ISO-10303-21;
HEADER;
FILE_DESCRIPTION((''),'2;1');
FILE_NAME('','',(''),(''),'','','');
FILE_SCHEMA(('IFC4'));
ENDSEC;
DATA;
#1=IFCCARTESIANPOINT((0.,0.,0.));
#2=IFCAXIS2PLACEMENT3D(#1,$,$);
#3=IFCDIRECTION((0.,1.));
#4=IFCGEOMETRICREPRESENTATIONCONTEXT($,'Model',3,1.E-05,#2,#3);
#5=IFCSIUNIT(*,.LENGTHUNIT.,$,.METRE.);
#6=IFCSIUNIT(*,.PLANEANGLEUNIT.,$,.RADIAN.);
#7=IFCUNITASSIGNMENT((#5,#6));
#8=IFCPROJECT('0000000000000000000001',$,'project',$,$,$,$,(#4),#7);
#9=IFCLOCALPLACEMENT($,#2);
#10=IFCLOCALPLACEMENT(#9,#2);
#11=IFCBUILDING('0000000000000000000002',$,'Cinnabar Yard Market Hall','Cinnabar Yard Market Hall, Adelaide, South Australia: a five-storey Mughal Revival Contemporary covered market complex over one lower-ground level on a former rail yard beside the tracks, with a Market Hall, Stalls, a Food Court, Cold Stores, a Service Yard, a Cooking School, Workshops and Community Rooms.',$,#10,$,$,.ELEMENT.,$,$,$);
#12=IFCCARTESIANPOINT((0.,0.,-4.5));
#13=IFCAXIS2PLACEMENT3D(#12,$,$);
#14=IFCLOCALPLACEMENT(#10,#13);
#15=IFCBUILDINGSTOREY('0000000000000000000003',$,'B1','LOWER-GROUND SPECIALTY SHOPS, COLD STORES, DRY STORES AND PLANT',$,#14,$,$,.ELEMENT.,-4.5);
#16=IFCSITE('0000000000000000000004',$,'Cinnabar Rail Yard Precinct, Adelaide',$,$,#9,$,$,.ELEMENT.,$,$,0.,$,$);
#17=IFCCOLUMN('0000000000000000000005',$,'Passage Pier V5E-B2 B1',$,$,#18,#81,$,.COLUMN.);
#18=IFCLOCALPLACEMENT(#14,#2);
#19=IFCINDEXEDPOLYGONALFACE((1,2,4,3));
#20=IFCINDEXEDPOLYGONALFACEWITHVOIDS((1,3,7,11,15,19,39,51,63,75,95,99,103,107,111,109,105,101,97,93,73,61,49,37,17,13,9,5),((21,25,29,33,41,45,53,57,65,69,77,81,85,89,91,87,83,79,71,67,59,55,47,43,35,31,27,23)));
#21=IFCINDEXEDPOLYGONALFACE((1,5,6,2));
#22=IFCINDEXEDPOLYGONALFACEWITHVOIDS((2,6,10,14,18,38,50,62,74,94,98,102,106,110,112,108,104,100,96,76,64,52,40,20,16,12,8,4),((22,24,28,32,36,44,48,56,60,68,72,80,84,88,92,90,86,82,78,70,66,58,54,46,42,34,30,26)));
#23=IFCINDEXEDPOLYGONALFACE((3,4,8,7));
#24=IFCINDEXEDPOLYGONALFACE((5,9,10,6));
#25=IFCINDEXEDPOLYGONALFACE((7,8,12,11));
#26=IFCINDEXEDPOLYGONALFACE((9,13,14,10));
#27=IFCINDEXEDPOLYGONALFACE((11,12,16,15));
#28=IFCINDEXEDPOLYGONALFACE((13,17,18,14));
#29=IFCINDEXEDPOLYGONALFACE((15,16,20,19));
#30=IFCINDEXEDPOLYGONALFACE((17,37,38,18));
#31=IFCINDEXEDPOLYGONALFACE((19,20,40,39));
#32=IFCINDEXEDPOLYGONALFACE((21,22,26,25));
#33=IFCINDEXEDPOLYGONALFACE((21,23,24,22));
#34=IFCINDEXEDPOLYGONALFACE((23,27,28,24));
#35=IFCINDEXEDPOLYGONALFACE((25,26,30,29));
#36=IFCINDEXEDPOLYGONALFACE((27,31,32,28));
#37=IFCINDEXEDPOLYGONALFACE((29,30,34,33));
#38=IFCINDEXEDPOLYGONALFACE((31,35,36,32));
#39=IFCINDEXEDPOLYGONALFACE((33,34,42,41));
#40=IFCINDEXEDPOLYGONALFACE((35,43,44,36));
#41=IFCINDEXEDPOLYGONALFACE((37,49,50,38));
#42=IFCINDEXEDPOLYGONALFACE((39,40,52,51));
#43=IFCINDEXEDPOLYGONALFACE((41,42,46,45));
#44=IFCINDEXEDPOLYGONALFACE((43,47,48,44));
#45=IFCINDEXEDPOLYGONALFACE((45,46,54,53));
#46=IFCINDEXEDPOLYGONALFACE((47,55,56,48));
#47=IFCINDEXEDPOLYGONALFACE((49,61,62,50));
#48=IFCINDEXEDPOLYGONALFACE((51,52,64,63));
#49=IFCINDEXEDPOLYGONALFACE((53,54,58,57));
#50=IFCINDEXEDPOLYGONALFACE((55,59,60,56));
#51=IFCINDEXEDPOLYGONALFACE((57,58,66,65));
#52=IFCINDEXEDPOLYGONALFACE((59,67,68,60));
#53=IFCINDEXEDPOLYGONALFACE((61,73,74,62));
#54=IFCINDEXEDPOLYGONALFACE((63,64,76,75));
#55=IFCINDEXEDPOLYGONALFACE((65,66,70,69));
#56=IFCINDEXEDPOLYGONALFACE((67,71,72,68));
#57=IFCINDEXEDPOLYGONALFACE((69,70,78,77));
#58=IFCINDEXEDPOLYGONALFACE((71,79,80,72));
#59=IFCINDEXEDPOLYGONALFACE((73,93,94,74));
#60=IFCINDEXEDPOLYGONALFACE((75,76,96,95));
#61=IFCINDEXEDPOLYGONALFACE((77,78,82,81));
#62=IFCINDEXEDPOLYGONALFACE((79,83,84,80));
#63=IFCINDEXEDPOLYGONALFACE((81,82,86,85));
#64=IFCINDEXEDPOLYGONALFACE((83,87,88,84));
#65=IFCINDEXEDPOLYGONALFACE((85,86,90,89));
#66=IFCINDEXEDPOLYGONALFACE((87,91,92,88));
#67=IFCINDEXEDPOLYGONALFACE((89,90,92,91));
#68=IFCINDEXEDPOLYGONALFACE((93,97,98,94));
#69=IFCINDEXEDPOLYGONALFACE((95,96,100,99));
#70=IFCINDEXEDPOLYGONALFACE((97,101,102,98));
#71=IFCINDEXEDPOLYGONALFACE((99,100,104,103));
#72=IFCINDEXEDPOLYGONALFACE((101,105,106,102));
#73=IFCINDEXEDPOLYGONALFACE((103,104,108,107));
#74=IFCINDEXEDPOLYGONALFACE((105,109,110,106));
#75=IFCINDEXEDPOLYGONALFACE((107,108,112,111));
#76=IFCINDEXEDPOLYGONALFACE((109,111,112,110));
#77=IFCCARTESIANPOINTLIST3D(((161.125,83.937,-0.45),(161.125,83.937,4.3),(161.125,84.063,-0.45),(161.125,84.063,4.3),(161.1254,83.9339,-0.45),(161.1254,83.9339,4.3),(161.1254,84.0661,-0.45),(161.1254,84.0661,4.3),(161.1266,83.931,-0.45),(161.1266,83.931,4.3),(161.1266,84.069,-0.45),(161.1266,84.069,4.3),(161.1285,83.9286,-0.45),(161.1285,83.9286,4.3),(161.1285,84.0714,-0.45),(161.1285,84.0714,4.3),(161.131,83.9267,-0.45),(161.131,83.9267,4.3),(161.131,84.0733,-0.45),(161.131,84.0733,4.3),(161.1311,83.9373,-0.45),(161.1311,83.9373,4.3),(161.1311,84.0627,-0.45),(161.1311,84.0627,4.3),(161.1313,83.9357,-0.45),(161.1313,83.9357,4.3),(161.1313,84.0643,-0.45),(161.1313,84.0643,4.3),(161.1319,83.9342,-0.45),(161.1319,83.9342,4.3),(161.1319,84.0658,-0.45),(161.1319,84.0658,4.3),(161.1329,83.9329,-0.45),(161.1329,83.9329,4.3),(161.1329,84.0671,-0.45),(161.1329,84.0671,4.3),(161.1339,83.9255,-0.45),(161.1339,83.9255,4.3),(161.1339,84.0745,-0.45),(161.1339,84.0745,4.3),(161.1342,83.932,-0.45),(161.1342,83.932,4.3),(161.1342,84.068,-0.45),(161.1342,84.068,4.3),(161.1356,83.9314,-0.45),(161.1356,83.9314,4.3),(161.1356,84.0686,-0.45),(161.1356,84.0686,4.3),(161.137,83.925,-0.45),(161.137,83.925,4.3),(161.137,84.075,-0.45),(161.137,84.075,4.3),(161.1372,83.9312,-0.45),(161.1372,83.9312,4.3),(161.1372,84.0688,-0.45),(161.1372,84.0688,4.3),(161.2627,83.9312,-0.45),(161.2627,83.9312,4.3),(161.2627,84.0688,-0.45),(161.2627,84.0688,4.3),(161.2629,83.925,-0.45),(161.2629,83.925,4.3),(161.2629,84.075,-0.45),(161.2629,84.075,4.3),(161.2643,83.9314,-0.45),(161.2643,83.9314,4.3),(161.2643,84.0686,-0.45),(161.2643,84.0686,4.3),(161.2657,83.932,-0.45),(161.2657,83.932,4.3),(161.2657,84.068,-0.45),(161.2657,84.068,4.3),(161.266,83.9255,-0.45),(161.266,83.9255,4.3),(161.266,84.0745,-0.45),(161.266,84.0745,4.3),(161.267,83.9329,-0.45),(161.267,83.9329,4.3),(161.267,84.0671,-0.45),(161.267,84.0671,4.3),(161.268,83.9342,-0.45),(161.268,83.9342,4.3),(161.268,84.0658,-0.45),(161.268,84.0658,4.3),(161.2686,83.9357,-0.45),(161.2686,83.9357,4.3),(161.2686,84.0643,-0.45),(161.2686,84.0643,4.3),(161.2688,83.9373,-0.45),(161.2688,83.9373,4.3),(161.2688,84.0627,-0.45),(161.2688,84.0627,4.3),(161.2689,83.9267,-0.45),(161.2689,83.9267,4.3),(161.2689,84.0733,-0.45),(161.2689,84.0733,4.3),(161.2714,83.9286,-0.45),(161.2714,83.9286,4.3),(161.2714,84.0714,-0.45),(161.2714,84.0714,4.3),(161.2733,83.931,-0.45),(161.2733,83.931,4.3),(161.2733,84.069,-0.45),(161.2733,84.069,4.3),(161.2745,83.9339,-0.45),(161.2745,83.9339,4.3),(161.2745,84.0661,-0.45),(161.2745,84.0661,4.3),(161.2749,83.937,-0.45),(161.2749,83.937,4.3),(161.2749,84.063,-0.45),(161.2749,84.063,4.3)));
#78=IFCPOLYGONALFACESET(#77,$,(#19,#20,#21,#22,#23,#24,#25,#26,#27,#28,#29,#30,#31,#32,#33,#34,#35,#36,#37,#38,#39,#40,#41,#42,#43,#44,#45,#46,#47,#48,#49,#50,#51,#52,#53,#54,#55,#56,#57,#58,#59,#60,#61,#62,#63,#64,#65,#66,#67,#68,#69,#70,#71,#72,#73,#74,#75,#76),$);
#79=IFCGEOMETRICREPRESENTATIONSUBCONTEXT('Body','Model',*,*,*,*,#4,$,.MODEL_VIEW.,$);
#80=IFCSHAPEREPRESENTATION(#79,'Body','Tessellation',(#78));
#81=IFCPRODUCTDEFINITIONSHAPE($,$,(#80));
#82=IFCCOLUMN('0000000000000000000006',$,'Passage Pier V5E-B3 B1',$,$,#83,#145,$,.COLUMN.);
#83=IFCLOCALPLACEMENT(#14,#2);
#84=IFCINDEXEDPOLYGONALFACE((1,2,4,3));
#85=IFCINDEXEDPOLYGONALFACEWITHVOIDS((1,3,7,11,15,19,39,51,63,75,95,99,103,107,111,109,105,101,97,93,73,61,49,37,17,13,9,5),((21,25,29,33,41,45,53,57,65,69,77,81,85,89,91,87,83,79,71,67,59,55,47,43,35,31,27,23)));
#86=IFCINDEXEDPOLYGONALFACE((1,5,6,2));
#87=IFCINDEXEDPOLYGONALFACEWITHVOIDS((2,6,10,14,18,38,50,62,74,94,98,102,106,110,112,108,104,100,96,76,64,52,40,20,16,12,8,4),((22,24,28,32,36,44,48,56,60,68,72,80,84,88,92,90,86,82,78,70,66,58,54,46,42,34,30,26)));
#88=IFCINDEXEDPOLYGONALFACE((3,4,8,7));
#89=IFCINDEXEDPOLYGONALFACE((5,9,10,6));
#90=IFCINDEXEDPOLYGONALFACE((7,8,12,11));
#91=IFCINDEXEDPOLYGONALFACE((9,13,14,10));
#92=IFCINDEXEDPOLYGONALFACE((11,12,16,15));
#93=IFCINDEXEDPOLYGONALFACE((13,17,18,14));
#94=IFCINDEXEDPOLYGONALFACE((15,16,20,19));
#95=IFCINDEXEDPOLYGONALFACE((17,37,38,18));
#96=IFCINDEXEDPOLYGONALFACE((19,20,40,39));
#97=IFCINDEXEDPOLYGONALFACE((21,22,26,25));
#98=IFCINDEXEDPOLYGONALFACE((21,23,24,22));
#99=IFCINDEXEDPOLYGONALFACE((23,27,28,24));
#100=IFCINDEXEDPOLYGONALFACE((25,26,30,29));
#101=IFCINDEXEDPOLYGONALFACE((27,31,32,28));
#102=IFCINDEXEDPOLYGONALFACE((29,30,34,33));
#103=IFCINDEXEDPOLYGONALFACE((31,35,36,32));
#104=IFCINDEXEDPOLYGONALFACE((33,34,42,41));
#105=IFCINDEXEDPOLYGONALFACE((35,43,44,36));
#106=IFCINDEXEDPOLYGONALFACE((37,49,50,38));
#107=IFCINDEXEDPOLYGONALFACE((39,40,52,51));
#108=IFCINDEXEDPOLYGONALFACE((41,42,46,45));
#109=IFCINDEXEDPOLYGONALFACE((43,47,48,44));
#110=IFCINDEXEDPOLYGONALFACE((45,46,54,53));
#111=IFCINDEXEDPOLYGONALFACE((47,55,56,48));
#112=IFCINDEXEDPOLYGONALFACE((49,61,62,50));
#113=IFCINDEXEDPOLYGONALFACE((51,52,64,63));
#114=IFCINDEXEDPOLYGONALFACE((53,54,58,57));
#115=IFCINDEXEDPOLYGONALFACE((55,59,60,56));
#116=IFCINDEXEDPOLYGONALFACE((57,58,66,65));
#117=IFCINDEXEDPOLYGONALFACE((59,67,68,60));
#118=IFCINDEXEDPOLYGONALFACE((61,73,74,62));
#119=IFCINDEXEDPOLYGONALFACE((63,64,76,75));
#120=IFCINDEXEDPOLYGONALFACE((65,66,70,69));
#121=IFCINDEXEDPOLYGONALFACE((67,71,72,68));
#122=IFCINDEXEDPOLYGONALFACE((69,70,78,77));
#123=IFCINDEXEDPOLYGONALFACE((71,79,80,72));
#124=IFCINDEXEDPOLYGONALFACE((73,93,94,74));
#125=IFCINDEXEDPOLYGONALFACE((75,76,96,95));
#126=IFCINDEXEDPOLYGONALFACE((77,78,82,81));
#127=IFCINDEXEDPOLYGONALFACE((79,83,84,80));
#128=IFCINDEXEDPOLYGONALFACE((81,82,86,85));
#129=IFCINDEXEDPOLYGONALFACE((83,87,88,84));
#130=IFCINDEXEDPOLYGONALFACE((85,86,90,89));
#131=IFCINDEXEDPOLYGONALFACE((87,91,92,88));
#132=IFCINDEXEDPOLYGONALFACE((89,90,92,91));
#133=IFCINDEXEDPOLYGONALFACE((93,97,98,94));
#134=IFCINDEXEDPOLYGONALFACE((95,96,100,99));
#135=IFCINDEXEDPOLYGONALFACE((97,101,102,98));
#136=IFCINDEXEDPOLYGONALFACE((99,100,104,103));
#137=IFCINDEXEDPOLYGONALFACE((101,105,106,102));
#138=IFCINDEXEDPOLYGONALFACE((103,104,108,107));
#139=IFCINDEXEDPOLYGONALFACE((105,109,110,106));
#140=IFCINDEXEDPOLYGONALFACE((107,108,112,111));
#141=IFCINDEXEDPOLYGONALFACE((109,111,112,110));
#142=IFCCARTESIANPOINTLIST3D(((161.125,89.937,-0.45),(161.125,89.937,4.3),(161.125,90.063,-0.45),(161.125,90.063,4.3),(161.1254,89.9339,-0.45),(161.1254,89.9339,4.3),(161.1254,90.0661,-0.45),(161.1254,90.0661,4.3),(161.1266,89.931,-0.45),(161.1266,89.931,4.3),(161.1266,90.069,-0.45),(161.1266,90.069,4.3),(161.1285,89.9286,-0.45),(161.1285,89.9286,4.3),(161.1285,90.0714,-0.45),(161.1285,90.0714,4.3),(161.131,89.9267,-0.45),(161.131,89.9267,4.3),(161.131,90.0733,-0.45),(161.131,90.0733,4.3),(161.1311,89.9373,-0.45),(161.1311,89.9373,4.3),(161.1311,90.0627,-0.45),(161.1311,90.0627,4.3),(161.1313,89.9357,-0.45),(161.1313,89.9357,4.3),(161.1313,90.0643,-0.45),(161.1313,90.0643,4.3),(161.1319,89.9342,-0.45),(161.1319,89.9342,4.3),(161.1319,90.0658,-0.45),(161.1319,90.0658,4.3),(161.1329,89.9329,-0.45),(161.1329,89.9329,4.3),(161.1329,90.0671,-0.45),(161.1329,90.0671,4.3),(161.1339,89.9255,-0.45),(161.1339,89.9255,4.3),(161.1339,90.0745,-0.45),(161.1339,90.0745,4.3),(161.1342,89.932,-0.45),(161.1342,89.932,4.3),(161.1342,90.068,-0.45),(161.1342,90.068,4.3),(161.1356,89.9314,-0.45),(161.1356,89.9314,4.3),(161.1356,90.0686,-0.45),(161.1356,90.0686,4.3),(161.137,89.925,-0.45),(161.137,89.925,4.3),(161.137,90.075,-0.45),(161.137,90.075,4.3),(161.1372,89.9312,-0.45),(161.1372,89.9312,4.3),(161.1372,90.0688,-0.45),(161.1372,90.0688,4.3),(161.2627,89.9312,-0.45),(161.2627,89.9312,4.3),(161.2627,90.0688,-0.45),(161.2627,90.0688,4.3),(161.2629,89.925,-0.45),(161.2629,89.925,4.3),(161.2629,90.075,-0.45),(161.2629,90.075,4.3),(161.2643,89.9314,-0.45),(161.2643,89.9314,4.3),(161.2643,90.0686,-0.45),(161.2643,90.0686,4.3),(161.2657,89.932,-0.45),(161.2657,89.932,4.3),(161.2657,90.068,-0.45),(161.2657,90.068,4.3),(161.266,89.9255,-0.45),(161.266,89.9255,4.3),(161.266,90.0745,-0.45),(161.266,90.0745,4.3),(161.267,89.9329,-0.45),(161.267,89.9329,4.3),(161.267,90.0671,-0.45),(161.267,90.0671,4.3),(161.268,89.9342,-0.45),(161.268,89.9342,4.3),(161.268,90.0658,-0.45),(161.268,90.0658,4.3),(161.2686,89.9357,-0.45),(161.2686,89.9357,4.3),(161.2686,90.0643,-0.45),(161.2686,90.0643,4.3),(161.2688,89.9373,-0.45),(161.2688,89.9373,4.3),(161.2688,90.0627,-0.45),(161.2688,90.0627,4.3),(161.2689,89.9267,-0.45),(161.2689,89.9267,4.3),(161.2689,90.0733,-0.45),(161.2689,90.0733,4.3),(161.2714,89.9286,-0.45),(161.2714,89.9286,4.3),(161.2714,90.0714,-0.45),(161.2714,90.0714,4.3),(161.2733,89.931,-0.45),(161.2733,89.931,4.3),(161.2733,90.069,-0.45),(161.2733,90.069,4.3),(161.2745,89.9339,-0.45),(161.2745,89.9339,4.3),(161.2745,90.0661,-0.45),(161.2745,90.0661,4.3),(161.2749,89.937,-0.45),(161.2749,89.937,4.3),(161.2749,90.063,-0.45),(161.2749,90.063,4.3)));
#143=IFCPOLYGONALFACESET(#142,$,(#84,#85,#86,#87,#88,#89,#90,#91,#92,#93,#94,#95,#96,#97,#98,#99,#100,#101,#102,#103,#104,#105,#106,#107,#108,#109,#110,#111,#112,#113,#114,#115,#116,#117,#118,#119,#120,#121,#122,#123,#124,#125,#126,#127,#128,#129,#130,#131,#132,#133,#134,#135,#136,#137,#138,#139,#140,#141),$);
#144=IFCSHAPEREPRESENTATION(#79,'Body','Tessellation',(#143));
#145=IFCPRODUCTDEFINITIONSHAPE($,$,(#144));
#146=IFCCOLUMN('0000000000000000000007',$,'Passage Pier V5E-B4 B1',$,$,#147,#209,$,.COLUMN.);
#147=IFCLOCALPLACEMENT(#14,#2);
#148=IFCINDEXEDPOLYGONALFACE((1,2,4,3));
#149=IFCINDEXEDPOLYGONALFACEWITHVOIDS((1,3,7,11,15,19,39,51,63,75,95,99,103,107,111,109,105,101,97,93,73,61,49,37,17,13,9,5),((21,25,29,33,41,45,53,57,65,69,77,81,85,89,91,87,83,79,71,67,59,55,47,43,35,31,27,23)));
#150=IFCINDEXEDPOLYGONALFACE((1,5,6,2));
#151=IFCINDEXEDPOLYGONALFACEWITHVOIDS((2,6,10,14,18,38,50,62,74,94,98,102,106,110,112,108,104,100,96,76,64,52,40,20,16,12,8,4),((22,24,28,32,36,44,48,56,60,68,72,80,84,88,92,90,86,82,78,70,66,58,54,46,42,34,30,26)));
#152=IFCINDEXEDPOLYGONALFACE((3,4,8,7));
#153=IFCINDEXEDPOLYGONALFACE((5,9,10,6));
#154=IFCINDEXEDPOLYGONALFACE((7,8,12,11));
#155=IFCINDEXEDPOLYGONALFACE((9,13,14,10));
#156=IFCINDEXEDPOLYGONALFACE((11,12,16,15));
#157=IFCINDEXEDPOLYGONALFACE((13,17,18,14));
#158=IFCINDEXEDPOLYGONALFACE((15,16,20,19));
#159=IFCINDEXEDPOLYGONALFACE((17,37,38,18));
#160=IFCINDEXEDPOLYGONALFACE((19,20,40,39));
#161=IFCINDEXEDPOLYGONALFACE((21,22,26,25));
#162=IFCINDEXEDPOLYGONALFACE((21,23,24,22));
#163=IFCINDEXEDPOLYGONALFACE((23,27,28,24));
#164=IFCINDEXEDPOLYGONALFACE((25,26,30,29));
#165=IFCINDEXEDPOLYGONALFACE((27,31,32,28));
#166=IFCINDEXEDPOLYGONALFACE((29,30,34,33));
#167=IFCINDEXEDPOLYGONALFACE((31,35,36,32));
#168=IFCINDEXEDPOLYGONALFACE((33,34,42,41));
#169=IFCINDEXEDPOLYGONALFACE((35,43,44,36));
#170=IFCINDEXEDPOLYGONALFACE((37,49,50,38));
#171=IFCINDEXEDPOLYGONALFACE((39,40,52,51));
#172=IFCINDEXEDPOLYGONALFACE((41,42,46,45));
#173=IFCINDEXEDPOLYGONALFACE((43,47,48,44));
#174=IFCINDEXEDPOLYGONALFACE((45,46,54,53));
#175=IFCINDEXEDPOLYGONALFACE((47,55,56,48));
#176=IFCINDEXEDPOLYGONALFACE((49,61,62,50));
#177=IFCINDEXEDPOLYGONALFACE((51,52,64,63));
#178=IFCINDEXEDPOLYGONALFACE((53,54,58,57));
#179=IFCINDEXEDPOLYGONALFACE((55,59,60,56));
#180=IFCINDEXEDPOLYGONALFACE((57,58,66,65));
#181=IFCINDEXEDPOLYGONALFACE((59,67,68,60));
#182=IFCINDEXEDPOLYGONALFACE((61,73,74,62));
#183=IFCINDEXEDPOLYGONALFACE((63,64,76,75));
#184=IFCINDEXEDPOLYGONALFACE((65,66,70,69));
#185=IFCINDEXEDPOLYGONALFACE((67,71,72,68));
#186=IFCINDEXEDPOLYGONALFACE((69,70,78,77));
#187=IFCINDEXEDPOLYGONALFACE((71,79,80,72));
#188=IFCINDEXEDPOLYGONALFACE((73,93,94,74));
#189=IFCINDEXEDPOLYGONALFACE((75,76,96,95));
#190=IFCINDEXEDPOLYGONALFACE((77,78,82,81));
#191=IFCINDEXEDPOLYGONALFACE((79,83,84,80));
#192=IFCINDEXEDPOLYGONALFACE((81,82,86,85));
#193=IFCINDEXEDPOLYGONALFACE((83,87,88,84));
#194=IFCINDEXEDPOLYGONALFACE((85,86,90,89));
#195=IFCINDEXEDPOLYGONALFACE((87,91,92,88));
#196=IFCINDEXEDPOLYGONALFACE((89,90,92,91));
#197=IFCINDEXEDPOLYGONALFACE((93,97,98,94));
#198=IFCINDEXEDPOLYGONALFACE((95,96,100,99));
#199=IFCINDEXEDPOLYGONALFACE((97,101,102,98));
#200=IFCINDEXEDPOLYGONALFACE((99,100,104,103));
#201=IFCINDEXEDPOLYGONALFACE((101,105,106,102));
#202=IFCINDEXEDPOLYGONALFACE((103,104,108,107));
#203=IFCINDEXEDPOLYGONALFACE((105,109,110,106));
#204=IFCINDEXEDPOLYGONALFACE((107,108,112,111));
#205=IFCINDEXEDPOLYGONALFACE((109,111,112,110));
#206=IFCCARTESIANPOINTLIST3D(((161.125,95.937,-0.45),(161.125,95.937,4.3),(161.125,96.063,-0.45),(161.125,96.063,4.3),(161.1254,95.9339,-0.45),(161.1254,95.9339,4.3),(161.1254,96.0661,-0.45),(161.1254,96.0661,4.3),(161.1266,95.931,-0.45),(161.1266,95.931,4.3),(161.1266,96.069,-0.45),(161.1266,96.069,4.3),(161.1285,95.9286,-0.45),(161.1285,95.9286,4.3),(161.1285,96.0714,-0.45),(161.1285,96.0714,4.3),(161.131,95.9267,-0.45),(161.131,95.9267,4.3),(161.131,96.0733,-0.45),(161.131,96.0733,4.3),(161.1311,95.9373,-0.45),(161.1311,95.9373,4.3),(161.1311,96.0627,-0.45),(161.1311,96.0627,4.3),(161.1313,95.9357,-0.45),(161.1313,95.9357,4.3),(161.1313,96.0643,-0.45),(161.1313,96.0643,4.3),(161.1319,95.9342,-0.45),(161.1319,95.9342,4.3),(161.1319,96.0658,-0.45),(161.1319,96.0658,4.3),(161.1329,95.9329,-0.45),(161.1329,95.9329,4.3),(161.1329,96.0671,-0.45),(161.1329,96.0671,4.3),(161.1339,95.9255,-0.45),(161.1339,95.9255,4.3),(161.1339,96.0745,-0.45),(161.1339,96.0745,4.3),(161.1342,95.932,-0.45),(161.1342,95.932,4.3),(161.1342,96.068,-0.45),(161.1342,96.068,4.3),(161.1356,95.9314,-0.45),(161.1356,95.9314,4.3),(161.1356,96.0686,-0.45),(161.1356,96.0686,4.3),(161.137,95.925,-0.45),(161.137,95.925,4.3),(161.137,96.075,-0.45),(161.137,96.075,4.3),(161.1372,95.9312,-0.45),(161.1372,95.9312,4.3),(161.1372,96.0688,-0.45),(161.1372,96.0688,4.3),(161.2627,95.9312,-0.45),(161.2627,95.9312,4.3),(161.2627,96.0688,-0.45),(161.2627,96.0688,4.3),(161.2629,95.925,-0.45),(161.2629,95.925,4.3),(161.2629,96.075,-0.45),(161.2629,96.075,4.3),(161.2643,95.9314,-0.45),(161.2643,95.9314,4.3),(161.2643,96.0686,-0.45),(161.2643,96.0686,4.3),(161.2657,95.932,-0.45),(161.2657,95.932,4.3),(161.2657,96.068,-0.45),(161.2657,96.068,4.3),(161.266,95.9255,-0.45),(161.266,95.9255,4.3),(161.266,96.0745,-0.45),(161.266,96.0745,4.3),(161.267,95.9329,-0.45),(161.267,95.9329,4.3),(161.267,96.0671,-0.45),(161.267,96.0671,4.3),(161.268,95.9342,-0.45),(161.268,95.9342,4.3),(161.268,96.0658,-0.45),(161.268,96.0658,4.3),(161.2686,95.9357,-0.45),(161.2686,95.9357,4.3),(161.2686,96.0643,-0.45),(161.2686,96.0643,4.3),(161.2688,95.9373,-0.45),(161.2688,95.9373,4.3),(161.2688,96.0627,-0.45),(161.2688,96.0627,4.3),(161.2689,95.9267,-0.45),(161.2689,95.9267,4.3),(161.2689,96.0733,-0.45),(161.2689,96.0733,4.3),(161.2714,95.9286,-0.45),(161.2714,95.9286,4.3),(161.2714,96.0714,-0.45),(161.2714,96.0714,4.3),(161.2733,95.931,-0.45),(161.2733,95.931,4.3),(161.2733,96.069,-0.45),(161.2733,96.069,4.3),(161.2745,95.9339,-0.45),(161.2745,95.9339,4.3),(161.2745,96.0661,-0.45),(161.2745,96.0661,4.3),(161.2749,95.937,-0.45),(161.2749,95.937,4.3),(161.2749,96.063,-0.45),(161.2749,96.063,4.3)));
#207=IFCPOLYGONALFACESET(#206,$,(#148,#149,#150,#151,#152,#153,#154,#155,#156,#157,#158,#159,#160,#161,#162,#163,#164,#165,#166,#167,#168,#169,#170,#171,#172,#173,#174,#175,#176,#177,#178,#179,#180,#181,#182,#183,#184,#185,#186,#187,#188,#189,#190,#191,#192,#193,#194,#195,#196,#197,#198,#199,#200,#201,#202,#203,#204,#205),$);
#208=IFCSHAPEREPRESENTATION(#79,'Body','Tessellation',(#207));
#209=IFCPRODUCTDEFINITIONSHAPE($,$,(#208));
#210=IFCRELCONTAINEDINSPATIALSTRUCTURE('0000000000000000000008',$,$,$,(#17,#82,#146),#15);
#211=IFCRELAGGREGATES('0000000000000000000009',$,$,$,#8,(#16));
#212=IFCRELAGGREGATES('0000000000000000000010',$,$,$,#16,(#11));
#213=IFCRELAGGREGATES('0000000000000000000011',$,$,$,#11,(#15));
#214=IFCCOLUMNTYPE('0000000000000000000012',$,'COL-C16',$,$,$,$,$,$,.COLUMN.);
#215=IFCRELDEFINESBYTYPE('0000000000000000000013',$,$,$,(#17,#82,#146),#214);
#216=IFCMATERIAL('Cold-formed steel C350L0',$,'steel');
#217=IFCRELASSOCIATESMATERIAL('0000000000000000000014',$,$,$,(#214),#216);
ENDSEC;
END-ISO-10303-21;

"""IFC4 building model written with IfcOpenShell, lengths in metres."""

from ifc_helpers import new_model, si_unit, direction, frame, origin, origin_2d_with_axis, place, context, subcontext, project, spatial, hollow_rectangle, extrude, material, material_profile, profile_set, type_object, element, save


model = new_model("IFC4")

# Units and contexts
model_context = context("Model", 3, precision=1e-05, world=origin(), true_north=direction((0.0, 1.0)))
body_context = subcontext(model_context, "Body", "Model", "MODEL_VIEW")
ifc_project = project(units=[si_unit("LENGTHUNIT", "METRE"), si_unit("PLANEANGLEUNIT", "RADIAN")], contexts=[model_context])

# Site, building, storey
site_placement = place(None, origin())
site = spatial("IfcSite", under=ifc_project, at=site_placement, Name="Cinnabar Rail Yard Precinct, Adelaide", CompositionType="ELEMENT", RefElevation=0.0)
building_placement = place(site_placement, origin())
building = spatial("IfcBuilding", under=site, at=building_placement, Name="Cinnabar Yard Market Hall", Description="Cinnabar Yard Market Hall, Adelaide, South Australia: a five-storey Mughal Revival Contemporary covered market complex over one lower-ground level on a former rail yard beside the tracks, with a Market Hall, Stalls, a Food Court, Cold Stores, a Service Yard, a Cooking School, Workshops and Community Rooms.", CompositionType="ELEMENT")
storey_placement = place(building_placement, frame((0.0, 0.0, -4.5)))
storey = spatial("IfcBuildingStorey", under=building, at=storey_placement, Name="B1", Description="LOWER-GROUND SPECIALTY SHOPS, COLD STORES, DRY STORES AND PLANT", CompositionType="ELEMENT", Elevation=-4.5)

# Columns
ifc_material_1 = material(Name="Cold-formed steel C350L0", Category="steel")
ifc_material_profile_1 = material_profile(ifc_material_1, hollow_rectangle(XDim=0.1499, YDim=0.1499, WallThickness=0.0061, InnerFilletRadius=0.0061, OuterFilletRadius=0.012, at=origin_2d_with_axis()), Name="150x150x6.0SHS")
ifc_profile_set_1 = profile_set([ifc_material_profile_1], Name="Cold-formed steel C350L0")
column_type_1 = type_object("IfcColumnType", Name="COL-C16", PredefinedType="COLUMN", material=ifc_profile_set_1)
for number, where, z_axis, x_axis, name in (
    (1, (161.2, 84.0, -0.45), (0.0, 0.0, 1.0), (1.0, 0.0, 0.0), "Passage Pier V5E-B2 B1"),
    (2, (161.2, 90.0, -0.45), (0.0, 0.0, 1.0), (1.0, 0.0, 0.0), "Passage Pier V5E-B3 B1"),
    (3, (161.2, 96.0, -0.45), (0.0, 0.0, 1.0), (1.0, 0.0, 0.0), "Passage Pier V5E-B4 B1"),
):
    element("IfcColumn", number, at=place(storey_placement, frame(where, z_axis=z_axis, x_axis=x_axis)), inside=storey, type_object=column_type_1, Name=name, PredefinedType="COLUMN", context=body_context, shape_type="SweptSolid", body=[
        extrude(hollow_rectangle(XDim=0.1499, YDim=0.1499, WallThickness=0.0061, InnerFilletRadius=0.0061, OuterFilletRadius=0.012, at=origin_2d_with_axis()), origin(), (0.0, 0.0, 1.0), 4.75),
    ])

save(model, "model.ifc")
